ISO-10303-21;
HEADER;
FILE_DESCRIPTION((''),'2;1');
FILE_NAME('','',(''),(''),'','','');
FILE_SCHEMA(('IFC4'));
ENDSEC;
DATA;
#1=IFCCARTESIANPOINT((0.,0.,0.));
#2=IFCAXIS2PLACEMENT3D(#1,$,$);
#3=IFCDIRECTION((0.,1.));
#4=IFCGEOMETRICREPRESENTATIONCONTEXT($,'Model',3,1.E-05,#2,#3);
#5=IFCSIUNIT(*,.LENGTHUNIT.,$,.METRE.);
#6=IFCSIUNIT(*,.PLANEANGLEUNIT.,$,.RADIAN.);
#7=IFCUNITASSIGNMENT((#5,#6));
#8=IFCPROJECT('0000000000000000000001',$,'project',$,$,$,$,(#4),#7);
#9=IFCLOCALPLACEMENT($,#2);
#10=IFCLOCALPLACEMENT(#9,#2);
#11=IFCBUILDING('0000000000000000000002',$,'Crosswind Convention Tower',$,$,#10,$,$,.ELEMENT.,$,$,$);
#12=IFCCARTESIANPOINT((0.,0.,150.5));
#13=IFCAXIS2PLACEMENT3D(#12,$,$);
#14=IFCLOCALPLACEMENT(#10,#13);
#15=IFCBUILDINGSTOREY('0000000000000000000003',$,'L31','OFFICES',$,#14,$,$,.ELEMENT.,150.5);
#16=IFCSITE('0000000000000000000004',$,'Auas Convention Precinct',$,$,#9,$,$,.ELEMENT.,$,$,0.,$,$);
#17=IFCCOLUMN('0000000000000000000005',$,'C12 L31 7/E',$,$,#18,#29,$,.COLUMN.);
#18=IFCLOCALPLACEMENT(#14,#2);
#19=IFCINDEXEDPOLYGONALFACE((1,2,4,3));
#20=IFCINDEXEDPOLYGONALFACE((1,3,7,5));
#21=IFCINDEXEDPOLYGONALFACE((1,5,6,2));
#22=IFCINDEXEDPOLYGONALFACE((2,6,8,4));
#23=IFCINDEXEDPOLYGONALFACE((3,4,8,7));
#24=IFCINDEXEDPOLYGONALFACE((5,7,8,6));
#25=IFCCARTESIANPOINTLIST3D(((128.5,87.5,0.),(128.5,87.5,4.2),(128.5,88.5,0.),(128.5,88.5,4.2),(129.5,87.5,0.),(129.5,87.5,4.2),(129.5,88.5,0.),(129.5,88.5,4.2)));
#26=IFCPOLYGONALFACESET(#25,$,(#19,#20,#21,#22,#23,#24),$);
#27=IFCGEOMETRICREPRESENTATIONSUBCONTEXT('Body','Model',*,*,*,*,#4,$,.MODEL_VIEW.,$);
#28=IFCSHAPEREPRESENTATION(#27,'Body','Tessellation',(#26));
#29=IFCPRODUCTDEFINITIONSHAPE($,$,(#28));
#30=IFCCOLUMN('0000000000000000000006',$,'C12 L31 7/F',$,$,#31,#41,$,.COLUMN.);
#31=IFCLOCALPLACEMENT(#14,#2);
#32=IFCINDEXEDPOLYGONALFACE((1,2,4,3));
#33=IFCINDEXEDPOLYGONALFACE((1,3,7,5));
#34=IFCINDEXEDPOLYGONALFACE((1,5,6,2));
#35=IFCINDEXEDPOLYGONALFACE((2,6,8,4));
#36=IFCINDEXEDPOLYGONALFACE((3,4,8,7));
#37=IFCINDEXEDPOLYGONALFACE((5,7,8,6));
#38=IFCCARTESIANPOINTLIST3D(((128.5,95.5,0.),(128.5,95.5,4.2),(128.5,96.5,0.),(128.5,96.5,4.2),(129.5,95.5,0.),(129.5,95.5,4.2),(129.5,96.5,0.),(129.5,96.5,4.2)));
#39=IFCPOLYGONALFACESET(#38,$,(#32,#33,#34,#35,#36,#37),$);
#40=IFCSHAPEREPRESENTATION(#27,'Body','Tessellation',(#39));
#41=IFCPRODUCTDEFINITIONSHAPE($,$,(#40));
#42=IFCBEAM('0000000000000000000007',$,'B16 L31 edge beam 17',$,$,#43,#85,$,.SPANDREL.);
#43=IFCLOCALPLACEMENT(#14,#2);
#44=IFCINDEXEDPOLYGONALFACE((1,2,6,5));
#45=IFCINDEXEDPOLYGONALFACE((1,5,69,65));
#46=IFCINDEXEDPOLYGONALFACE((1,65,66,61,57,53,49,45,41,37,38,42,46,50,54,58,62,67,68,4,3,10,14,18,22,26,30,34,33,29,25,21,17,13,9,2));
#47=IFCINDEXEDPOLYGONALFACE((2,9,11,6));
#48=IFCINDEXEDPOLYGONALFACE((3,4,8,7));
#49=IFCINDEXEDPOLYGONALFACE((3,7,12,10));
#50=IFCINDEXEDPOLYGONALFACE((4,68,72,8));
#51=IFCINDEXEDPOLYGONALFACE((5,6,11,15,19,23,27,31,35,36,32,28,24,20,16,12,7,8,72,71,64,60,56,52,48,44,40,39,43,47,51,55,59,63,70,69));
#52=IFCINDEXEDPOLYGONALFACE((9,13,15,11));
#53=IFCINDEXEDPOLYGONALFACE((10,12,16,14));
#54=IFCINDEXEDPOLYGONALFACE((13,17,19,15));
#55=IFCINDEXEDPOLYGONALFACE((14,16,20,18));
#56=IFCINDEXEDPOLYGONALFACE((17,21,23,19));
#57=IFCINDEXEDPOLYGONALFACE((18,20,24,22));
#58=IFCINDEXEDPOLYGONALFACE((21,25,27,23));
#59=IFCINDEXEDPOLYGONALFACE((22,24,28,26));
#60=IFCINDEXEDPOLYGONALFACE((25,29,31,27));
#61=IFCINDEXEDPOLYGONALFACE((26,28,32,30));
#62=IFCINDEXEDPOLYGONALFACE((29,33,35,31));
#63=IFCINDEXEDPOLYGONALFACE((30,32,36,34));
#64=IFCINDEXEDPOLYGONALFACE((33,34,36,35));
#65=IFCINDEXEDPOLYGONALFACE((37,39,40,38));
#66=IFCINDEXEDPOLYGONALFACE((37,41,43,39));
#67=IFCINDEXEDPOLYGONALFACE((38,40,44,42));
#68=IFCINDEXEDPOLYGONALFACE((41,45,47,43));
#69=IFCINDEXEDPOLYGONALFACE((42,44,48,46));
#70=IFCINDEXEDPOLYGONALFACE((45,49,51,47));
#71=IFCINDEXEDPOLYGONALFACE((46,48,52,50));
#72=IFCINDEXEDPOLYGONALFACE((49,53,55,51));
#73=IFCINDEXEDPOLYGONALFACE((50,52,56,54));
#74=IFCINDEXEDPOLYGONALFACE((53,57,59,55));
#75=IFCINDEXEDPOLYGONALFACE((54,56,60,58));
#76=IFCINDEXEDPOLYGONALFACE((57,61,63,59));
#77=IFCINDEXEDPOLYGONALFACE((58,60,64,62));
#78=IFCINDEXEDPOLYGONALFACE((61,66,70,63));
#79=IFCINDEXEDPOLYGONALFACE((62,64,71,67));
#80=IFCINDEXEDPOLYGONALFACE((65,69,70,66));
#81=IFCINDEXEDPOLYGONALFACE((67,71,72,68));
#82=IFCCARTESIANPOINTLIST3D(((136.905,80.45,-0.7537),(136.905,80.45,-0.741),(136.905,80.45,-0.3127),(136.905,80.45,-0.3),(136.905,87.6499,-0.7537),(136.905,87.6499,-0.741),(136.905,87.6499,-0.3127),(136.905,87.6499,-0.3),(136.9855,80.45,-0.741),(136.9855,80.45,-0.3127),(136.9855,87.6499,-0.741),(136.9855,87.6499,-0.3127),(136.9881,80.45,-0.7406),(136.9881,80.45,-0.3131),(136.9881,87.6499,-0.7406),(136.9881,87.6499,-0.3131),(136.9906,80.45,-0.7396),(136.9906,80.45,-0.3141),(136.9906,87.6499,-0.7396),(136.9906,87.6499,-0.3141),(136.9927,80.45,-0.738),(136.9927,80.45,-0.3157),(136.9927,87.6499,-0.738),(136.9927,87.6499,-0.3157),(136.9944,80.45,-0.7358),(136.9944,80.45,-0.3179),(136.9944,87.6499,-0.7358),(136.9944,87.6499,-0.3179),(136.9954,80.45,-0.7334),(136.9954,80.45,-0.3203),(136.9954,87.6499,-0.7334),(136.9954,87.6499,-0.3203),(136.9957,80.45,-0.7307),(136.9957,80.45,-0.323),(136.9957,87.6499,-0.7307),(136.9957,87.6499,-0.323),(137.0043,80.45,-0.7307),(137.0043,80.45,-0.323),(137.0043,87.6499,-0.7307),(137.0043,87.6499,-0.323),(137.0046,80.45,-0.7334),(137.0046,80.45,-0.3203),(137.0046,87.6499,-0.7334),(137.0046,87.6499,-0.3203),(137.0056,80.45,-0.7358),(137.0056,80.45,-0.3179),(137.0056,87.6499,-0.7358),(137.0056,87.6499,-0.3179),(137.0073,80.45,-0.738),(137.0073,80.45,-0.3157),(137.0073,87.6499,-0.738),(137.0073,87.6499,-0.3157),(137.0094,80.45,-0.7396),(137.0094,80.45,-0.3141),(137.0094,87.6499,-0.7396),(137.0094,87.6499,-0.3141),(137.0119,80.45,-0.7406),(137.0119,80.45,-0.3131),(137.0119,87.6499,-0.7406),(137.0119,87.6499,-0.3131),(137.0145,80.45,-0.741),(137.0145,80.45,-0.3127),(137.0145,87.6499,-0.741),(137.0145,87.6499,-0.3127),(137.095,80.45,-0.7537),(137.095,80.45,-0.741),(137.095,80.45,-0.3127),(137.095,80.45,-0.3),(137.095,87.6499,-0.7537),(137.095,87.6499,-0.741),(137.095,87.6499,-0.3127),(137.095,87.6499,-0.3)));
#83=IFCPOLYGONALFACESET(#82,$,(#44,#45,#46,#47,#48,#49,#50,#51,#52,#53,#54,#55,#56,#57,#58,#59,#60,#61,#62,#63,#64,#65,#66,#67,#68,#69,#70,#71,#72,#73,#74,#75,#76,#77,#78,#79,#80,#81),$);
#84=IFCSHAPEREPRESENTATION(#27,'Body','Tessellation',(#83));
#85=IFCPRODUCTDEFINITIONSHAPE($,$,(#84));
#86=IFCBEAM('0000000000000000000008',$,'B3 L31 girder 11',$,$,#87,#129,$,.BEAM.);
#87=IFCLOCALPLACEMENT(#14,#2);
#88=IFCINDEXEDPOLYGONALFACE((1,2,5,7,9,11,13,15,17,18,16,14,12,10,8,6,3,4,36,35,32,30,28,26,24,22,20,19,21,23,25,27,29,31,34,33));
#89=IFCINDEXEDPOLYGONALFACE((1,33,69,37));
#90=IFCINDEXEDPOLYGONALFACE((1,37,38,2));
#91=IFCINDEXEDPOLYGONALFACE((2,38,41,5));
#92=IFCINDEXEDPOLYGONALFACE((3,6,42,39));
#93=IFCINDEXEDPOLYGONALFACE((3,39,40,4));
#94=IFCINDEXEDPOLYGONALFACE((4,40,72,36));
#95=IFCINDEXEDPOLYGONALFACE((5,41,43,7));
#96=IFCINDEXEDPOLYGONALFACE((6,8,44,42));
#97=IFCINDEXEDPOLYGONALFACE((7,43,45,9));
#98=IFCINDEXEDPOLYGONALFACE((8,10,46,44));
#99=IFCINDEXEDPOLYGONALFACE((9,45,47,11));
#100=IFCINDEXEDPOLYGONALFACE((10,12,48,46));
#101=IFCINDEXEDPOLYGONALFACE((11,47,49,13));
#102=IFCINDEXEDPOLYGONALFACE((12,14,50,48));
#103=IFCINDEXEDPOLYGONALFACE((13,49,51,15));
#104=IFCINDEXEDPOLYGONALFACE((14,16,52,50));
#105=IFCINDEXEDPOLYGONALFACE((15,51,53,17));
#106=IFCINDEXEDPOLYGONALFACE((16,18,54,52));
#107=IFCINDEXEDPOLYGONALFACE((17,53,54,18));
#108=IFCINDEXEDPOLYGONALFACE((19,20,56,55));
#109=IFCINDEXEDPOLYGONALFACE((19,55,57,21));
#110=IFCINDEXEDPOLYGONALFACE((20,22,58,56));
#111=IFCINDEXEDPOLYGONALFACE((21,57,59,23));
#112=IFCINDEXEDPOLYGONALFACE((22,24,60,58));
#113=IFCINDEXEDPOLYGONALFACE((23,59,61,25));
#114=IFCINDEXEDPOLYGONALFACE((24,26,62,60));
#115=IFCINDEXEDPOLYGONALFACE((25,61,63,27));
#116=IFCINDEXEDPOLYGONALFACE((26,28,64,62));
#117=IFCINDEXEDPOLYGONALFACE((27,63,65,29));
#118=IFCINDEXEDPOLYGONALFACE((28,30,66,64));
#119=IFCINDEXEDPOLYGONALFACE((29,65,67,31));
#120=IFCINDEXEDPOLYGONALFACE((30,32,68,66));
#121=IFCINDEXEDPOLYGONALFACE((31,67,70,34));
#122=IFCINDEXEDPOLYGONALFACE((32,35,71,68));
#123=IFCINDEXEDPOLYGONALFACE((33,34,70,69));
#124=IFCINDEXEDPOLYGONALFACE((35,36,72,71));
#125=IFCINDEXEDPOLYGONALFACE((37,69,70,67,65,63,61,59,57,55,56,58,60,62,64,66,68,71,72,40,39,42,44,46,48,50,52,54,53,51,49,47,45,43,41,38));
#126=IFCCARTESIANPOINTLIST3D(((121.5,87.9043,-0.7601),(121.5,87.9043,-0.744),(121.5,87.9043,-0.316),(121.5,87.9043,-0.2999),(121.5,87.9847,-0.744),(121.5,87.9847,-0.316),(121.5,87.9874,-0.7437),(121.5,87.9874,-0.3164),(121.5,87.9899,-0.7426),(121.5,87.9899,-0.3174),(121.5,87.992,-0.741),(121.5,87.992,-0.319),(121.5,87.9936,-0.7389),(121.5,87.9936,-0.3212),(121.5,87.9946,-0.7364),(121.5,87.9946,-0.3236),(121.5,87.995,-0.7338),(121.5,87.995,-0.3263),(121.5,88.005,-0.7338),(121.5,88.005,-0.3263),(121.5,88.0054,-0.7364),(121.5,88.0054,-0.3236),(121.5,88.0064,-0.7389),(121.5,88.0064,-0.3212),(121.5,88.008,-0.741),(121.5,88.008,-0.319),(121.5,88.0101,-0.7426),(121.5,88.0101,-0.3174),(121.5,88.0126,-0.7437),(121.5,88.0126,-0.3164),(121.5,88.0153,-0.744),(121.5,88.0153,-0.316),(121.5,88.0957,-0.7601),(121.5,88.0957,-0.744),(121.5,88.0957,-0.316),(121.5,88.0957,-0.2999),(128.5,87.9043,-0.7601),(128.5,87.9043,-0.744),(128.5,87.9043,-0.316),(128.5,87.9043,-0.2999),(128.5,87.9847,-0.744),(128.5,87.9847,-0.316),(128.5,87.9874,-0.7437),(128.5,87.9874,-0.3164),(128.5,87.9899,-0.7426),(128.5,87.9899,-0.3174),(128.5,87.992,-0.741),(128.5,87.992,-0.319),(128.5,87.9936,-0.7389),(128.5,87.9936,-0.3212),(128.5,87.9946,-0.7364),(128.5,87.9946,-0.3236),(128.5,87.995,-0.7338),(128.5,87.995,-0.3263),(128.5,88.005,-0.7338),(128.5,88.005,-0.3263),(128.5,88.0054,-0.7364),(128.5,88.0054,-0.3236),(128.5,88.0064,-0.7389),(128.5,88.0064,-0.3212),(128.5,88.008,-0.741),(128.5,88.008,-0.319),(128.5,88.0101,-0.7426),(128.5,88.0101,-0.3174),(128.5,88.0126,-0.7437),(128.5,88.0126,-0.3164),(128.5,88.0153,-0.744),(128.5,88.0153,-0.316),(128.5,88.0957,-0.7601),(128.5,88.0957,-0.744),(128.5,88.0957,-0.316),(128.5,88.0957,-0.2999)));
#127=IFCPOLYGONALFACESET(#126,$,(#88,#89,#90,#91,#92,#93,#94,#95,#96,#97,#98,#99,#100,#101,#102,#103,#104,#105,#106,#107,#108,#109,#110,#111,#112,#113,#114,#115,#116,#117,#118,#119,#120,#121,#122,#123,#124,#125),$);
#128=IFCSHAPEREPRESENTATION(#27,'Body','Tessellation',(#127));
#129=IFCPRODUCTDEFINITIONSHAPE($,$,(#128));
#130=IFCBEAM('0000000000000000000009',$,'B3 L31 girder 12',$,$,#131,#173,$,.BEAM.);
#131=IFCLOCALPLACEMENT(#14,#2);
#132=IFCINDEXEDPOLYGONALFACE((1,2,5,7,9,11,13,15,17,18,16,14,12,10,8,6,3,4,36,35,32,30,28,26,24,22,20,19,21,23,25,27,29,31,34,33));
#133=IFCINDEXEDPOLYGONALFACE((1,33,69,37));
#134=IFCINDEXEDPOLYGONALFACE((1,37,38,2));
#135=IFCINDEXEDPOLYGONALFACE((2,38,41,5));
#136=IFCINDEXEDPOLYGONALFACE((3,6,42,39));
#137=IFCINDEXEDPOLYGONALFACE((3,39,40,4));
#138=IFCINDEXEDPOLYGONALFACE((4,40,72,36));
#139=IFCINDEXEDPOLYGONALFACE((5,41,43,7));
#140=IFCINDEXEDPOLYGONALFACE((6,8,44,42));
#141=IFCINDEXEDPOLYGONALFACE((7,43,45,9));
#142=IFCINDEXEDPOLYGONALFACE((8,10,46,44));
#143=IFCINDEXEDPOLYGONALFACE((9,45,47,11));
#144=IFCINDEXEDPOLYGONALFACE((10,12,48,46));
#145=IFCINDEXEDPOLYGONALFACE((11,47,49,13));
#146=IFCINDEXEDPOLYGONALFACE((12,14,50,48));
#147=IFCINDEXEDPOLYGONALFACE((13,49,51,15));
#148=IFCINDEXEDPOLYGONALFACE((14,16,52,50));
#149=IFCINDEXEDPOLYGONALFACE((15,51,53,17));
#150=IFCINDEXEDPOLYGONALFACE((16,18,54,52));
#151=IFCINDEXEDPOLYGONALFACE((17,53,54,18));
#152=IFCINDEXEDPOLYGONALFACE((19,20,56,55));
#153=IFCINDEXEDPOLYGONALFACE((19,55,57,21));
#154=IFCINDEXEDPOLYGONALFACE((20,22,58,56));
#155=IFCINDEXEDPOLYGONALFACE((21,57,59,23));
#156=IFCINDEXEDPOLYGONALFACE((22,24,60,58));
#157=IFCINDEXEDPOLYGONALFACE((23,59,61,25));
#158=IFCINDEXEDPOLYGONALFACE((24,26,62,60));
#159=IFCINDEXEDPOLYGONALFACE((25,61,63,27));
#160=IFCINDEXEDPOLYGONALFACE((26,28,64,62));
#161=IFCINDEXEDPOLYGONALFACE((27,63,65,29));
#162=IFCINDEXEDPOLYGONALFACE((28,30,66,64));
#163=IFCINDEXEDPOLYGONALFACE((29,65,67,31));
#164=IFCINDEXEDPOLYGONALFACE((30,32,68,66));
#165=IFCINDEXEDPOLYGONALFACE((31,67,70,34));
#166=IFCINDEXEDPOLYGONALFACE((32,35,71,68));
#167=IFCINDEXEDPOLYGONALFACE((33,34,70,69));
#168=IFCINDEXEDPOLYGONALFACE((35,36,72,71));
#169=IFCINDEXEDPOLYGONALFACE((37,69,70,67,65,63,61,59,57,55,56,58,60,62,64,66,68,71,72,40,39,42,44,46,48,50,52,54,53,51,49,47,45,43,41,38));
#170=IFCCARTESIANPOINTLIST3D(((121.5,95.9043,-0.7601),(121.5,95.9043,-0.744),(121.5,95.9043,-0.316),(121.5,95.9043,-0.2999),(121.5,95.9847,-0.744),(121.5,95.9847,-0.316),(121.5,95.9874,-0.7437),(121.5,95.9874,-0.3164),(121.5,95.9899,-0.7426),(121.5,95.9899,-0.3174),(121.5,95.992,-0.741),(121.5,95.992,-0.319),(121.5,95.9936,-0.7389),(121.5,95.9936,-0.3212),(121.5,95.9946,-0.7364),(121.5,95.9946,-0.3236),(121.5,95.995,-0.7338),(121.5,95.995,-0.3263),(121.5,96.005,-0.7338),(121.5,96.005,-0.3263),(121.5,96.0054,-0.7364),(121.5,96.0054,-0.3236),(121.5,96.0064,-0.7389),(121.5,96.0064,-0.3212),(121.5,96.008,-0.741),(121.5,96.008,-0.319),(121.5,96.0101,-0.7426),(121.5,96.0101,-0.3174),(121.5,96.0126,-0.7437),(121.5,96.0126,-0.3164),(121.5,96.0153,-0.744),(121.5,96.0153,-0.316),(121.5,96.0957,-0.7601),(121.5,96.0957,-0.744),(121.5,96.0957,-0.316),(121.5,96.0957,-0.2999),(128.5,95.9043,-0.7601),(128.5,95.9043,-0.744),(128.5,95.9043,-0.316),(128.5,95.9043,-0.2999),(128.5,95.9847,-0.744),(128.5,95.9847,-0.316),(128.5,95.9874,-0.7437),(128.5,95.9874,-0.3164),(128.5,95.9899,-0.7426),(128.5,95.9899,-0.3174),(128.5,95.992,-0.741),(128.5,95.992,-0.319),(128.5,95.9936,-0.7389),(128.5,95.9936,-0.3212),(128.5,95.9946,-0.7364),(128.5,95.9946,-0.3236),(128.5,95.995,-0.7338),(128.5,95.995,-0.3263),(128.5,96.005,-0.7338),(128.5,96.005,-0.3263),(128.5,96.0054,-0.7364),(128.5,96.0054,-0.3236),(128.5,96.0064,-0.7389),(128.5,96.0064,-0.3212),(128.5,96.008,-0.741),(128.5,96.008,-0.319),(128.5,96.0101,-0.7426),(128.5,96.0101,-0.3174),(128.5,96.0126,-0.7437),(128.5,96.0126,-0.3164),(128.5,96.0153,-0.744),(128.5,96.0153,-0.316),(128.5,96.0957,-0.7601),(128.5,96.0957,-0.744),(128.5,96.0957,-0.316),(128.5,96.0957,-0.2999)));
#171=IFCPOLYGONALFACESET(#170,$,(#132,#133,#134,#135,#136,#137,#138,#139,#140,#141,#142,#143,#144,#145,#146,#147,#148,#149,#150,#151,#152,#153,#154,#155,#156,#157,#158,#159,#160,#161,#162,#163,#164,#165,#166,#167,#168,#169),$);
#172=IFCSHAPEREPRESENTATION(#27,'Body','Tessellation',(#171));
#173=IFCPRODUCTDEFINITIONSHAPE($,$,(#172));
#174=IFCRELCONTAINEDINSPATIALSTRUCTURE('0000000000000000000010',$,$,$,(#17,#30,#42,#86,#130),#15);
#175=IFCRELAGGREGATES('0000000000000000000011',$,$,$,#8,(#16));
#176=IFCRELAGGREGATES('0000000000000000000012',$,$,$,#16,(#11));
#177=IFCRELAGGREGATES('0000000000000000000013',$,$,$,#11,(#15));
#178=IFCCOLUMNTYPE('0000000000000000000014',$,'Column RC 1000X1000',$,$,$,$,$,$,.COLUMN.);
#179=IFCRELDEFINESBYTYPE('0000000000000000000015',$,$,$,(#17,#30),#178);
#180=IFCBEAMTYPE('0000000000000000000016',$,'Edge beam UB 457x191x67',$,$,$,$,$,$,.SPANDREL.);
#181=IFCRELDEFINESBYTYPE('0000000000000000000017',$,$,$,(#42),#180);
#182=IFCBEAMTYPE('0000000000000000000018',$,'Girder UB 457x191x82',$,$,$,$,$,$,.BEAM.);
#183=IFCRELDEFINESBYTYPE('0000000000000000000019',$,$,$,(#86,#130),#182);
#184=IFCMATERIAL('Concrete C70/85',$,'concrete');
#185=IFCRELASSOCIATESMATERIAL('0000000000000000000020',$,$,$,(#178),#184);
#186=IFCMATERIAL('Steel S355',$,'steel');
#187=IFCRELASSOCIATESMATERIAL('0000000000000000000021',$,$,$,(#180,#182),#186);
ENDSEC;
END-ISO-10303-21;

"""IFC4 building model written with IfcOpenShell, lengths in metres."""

from ifc_helpers import new_model, si_unit, direction, frame, origin, origin_2d, place, context, subcontext, project, spatial, rectangle, i_section, extrude, material, material_profile, profile_set, type_object, element, save


model = new_model("IFC4")

# Units and contexts
model_context = context("Model", 3, precision=1e-05, world=origin(), true_north=direction((0.0, 1.0)))
body_context = subcontext(model_context, "Body", "Model", "MODEL_VIEW")
ifc_project = project(units=[si_unit("LENGTHUNIT", "METRE"), si_unit("PLANEANGLEUNIT", "RADIAN")], contexts=[model_context])

# Site, building, storey
site_placement = place(None, origin())
site = spatial("IfcSite", under=ifc_project, at=site_placement, Name="Auas Convention Precinct", CompositionType="ELEMENT", RefElevation=0.0)
building_placement = place(site_placement, origin())
building = spatial("IfcBuilding", under=site, at=building_placement, Name="Crosswind Convention Tower", CompositionType="ELEMENT")
storey_placement = place(building_placement, frame((0.0, 0.0, 150.5)))
storey = spatial("IfcBuildingStorey", under=building, at=storey_placement, Name="L31", Description="OFFICES", CompositionType="ELEMENT", Elevation=150.5)

# Columns
ifc_material_1 = material(Name="Concrete C70/85", Category="concrete")
ifc_material_profile_1 = material_profile(ifc_material_1, rectangle(XDim=1.0, YDim=1.0, at=origin_2d()), Name="RC 1000X1000")
ifc_profile_set_1 = profile_set([ifc_material_profile_1], Name="Concrete C70/85")
column_type = type_object("IfcColumnType", Name="Column RC 1000X1000", PredefinedType="COLUMN", material=ifc_profile_set_1)
for number, where, z_axis, x_axis, name in (
    (1, (129.0, 88.0, 0.0), (0.0, 0.0, 1.0), (1.0, 0.0, 0.0), "C12 L31 7/E"),
    (2, (129.0, 96.0, 0.0), (0.0, 0.0, 1.0), (1.0, 0.0, 0.0), "C12 L31 7/F"),
):
    element("IfcColumn", number, at=place(storey_placement, frame(where, z_axis=z_axis, x_axis=x_axis)), inside=storey, type_object=column_type, Name=name, PredefinedType="COLUMN", context=body_context, shape_type="SweptSolid", body=[
        extrude(rectangle(XDim=1.0, YDim=1.0, at=origin_2d()), origin(), (0.0, 0.0, 1.0), 4.2),
    ])

# Beams
ifc_material_2 = material(Name="Steel S355", Category="steel")
ifc_material_profile_2 = material_profile(ifc_material_2, i_section(OverallWidth=0.1899, OverallDepth=0.4536, WebThickness=0.0085, FlangeThickness=0.0127, FilletRadius=0.0103, at=origin_2d()), Name="UB 457x191x67")
ifc_profile_set_2 = profile_set([ifc_material_profile_2], Name="Steel S355")
beam_type_1 = type_object("IfcBeamType", Name="Edge beam UB 457x191x67", PredefinedType="SPANDREL", material=ifc_profile_set_2)
beam_1_placement = place(storey_placement, frame((137.0, 80.45, -0.5269), z_axis=(0.0, 1.0, 0.0), x_axis=(-1.0, 0.0, 0.0)))
element("IfcBeam", 3, at=beam_1_placement, inside=storey, type_object=beam_type_1, Name="B16 L31 edge beam 17", PredefinedType="SPANDREL", context=body_context, shape_type="SweptSolid", body=[
    extrude(i_section(OverallWidth=0.1899, OverallDepth=0.4536, WebThickness=0.0085, FlangeThickness=0.0127, FilletRadius=0.0103, at=origin_2d()), origin(), (0.0, 0.0, 1.0), 7.2),
])
ifc_material_profile_3 = material_profile(ifc_material_2, i_section(OverallWidth=0.1914, OverallDepth=0.4602, WebThickness=0.01, FlangeThickness=0.0161, FilletRadius=0.0103, at=origin_2d()), Name="UB 457x191x82")
ifc_profile_set_3 = profile_set([ifc_material_profile_3], Name="Steel S355")
beam_type_2 = type_object("IfcBeamType", Name="Girder UB 457x191x82", PredefinedType="BEAM", material=ifc_profile_set_3)
for number, where, z_axis, x_axis, name in (
    (4, (121.5, 88.0, -0.53), (1.0, 0.0, 0.0), (0.0, 1.0, 0.0), "B3 L31 girder 11"),
    (5, (121.5, 96.0, -0.53), (1.0, 0.0, 0.0), (0.0, 1.0, 0.0), "B3 L31 girder 12"),
):
    element("IfcBeam", number, at=place(storey_placement, frame(where, z_axis=z_axis, x_axis=x_axis)), inside=storey, type_object=beam_type_2, Name=name, PredefinedType="BEAM", context=body_context, shape_type="SweptSolid", body=[
        extrude(i_section(OverallWidth=0.1914, OverallDepth=0.4602, WebThickness=0.01, FlangeThickness=0.0161, FilletRadius=0.0103, at=origin_2d()), origin(), (0.0, 0.0, 1.0), 7.0),
    ])

save(model, "model.ifc")
